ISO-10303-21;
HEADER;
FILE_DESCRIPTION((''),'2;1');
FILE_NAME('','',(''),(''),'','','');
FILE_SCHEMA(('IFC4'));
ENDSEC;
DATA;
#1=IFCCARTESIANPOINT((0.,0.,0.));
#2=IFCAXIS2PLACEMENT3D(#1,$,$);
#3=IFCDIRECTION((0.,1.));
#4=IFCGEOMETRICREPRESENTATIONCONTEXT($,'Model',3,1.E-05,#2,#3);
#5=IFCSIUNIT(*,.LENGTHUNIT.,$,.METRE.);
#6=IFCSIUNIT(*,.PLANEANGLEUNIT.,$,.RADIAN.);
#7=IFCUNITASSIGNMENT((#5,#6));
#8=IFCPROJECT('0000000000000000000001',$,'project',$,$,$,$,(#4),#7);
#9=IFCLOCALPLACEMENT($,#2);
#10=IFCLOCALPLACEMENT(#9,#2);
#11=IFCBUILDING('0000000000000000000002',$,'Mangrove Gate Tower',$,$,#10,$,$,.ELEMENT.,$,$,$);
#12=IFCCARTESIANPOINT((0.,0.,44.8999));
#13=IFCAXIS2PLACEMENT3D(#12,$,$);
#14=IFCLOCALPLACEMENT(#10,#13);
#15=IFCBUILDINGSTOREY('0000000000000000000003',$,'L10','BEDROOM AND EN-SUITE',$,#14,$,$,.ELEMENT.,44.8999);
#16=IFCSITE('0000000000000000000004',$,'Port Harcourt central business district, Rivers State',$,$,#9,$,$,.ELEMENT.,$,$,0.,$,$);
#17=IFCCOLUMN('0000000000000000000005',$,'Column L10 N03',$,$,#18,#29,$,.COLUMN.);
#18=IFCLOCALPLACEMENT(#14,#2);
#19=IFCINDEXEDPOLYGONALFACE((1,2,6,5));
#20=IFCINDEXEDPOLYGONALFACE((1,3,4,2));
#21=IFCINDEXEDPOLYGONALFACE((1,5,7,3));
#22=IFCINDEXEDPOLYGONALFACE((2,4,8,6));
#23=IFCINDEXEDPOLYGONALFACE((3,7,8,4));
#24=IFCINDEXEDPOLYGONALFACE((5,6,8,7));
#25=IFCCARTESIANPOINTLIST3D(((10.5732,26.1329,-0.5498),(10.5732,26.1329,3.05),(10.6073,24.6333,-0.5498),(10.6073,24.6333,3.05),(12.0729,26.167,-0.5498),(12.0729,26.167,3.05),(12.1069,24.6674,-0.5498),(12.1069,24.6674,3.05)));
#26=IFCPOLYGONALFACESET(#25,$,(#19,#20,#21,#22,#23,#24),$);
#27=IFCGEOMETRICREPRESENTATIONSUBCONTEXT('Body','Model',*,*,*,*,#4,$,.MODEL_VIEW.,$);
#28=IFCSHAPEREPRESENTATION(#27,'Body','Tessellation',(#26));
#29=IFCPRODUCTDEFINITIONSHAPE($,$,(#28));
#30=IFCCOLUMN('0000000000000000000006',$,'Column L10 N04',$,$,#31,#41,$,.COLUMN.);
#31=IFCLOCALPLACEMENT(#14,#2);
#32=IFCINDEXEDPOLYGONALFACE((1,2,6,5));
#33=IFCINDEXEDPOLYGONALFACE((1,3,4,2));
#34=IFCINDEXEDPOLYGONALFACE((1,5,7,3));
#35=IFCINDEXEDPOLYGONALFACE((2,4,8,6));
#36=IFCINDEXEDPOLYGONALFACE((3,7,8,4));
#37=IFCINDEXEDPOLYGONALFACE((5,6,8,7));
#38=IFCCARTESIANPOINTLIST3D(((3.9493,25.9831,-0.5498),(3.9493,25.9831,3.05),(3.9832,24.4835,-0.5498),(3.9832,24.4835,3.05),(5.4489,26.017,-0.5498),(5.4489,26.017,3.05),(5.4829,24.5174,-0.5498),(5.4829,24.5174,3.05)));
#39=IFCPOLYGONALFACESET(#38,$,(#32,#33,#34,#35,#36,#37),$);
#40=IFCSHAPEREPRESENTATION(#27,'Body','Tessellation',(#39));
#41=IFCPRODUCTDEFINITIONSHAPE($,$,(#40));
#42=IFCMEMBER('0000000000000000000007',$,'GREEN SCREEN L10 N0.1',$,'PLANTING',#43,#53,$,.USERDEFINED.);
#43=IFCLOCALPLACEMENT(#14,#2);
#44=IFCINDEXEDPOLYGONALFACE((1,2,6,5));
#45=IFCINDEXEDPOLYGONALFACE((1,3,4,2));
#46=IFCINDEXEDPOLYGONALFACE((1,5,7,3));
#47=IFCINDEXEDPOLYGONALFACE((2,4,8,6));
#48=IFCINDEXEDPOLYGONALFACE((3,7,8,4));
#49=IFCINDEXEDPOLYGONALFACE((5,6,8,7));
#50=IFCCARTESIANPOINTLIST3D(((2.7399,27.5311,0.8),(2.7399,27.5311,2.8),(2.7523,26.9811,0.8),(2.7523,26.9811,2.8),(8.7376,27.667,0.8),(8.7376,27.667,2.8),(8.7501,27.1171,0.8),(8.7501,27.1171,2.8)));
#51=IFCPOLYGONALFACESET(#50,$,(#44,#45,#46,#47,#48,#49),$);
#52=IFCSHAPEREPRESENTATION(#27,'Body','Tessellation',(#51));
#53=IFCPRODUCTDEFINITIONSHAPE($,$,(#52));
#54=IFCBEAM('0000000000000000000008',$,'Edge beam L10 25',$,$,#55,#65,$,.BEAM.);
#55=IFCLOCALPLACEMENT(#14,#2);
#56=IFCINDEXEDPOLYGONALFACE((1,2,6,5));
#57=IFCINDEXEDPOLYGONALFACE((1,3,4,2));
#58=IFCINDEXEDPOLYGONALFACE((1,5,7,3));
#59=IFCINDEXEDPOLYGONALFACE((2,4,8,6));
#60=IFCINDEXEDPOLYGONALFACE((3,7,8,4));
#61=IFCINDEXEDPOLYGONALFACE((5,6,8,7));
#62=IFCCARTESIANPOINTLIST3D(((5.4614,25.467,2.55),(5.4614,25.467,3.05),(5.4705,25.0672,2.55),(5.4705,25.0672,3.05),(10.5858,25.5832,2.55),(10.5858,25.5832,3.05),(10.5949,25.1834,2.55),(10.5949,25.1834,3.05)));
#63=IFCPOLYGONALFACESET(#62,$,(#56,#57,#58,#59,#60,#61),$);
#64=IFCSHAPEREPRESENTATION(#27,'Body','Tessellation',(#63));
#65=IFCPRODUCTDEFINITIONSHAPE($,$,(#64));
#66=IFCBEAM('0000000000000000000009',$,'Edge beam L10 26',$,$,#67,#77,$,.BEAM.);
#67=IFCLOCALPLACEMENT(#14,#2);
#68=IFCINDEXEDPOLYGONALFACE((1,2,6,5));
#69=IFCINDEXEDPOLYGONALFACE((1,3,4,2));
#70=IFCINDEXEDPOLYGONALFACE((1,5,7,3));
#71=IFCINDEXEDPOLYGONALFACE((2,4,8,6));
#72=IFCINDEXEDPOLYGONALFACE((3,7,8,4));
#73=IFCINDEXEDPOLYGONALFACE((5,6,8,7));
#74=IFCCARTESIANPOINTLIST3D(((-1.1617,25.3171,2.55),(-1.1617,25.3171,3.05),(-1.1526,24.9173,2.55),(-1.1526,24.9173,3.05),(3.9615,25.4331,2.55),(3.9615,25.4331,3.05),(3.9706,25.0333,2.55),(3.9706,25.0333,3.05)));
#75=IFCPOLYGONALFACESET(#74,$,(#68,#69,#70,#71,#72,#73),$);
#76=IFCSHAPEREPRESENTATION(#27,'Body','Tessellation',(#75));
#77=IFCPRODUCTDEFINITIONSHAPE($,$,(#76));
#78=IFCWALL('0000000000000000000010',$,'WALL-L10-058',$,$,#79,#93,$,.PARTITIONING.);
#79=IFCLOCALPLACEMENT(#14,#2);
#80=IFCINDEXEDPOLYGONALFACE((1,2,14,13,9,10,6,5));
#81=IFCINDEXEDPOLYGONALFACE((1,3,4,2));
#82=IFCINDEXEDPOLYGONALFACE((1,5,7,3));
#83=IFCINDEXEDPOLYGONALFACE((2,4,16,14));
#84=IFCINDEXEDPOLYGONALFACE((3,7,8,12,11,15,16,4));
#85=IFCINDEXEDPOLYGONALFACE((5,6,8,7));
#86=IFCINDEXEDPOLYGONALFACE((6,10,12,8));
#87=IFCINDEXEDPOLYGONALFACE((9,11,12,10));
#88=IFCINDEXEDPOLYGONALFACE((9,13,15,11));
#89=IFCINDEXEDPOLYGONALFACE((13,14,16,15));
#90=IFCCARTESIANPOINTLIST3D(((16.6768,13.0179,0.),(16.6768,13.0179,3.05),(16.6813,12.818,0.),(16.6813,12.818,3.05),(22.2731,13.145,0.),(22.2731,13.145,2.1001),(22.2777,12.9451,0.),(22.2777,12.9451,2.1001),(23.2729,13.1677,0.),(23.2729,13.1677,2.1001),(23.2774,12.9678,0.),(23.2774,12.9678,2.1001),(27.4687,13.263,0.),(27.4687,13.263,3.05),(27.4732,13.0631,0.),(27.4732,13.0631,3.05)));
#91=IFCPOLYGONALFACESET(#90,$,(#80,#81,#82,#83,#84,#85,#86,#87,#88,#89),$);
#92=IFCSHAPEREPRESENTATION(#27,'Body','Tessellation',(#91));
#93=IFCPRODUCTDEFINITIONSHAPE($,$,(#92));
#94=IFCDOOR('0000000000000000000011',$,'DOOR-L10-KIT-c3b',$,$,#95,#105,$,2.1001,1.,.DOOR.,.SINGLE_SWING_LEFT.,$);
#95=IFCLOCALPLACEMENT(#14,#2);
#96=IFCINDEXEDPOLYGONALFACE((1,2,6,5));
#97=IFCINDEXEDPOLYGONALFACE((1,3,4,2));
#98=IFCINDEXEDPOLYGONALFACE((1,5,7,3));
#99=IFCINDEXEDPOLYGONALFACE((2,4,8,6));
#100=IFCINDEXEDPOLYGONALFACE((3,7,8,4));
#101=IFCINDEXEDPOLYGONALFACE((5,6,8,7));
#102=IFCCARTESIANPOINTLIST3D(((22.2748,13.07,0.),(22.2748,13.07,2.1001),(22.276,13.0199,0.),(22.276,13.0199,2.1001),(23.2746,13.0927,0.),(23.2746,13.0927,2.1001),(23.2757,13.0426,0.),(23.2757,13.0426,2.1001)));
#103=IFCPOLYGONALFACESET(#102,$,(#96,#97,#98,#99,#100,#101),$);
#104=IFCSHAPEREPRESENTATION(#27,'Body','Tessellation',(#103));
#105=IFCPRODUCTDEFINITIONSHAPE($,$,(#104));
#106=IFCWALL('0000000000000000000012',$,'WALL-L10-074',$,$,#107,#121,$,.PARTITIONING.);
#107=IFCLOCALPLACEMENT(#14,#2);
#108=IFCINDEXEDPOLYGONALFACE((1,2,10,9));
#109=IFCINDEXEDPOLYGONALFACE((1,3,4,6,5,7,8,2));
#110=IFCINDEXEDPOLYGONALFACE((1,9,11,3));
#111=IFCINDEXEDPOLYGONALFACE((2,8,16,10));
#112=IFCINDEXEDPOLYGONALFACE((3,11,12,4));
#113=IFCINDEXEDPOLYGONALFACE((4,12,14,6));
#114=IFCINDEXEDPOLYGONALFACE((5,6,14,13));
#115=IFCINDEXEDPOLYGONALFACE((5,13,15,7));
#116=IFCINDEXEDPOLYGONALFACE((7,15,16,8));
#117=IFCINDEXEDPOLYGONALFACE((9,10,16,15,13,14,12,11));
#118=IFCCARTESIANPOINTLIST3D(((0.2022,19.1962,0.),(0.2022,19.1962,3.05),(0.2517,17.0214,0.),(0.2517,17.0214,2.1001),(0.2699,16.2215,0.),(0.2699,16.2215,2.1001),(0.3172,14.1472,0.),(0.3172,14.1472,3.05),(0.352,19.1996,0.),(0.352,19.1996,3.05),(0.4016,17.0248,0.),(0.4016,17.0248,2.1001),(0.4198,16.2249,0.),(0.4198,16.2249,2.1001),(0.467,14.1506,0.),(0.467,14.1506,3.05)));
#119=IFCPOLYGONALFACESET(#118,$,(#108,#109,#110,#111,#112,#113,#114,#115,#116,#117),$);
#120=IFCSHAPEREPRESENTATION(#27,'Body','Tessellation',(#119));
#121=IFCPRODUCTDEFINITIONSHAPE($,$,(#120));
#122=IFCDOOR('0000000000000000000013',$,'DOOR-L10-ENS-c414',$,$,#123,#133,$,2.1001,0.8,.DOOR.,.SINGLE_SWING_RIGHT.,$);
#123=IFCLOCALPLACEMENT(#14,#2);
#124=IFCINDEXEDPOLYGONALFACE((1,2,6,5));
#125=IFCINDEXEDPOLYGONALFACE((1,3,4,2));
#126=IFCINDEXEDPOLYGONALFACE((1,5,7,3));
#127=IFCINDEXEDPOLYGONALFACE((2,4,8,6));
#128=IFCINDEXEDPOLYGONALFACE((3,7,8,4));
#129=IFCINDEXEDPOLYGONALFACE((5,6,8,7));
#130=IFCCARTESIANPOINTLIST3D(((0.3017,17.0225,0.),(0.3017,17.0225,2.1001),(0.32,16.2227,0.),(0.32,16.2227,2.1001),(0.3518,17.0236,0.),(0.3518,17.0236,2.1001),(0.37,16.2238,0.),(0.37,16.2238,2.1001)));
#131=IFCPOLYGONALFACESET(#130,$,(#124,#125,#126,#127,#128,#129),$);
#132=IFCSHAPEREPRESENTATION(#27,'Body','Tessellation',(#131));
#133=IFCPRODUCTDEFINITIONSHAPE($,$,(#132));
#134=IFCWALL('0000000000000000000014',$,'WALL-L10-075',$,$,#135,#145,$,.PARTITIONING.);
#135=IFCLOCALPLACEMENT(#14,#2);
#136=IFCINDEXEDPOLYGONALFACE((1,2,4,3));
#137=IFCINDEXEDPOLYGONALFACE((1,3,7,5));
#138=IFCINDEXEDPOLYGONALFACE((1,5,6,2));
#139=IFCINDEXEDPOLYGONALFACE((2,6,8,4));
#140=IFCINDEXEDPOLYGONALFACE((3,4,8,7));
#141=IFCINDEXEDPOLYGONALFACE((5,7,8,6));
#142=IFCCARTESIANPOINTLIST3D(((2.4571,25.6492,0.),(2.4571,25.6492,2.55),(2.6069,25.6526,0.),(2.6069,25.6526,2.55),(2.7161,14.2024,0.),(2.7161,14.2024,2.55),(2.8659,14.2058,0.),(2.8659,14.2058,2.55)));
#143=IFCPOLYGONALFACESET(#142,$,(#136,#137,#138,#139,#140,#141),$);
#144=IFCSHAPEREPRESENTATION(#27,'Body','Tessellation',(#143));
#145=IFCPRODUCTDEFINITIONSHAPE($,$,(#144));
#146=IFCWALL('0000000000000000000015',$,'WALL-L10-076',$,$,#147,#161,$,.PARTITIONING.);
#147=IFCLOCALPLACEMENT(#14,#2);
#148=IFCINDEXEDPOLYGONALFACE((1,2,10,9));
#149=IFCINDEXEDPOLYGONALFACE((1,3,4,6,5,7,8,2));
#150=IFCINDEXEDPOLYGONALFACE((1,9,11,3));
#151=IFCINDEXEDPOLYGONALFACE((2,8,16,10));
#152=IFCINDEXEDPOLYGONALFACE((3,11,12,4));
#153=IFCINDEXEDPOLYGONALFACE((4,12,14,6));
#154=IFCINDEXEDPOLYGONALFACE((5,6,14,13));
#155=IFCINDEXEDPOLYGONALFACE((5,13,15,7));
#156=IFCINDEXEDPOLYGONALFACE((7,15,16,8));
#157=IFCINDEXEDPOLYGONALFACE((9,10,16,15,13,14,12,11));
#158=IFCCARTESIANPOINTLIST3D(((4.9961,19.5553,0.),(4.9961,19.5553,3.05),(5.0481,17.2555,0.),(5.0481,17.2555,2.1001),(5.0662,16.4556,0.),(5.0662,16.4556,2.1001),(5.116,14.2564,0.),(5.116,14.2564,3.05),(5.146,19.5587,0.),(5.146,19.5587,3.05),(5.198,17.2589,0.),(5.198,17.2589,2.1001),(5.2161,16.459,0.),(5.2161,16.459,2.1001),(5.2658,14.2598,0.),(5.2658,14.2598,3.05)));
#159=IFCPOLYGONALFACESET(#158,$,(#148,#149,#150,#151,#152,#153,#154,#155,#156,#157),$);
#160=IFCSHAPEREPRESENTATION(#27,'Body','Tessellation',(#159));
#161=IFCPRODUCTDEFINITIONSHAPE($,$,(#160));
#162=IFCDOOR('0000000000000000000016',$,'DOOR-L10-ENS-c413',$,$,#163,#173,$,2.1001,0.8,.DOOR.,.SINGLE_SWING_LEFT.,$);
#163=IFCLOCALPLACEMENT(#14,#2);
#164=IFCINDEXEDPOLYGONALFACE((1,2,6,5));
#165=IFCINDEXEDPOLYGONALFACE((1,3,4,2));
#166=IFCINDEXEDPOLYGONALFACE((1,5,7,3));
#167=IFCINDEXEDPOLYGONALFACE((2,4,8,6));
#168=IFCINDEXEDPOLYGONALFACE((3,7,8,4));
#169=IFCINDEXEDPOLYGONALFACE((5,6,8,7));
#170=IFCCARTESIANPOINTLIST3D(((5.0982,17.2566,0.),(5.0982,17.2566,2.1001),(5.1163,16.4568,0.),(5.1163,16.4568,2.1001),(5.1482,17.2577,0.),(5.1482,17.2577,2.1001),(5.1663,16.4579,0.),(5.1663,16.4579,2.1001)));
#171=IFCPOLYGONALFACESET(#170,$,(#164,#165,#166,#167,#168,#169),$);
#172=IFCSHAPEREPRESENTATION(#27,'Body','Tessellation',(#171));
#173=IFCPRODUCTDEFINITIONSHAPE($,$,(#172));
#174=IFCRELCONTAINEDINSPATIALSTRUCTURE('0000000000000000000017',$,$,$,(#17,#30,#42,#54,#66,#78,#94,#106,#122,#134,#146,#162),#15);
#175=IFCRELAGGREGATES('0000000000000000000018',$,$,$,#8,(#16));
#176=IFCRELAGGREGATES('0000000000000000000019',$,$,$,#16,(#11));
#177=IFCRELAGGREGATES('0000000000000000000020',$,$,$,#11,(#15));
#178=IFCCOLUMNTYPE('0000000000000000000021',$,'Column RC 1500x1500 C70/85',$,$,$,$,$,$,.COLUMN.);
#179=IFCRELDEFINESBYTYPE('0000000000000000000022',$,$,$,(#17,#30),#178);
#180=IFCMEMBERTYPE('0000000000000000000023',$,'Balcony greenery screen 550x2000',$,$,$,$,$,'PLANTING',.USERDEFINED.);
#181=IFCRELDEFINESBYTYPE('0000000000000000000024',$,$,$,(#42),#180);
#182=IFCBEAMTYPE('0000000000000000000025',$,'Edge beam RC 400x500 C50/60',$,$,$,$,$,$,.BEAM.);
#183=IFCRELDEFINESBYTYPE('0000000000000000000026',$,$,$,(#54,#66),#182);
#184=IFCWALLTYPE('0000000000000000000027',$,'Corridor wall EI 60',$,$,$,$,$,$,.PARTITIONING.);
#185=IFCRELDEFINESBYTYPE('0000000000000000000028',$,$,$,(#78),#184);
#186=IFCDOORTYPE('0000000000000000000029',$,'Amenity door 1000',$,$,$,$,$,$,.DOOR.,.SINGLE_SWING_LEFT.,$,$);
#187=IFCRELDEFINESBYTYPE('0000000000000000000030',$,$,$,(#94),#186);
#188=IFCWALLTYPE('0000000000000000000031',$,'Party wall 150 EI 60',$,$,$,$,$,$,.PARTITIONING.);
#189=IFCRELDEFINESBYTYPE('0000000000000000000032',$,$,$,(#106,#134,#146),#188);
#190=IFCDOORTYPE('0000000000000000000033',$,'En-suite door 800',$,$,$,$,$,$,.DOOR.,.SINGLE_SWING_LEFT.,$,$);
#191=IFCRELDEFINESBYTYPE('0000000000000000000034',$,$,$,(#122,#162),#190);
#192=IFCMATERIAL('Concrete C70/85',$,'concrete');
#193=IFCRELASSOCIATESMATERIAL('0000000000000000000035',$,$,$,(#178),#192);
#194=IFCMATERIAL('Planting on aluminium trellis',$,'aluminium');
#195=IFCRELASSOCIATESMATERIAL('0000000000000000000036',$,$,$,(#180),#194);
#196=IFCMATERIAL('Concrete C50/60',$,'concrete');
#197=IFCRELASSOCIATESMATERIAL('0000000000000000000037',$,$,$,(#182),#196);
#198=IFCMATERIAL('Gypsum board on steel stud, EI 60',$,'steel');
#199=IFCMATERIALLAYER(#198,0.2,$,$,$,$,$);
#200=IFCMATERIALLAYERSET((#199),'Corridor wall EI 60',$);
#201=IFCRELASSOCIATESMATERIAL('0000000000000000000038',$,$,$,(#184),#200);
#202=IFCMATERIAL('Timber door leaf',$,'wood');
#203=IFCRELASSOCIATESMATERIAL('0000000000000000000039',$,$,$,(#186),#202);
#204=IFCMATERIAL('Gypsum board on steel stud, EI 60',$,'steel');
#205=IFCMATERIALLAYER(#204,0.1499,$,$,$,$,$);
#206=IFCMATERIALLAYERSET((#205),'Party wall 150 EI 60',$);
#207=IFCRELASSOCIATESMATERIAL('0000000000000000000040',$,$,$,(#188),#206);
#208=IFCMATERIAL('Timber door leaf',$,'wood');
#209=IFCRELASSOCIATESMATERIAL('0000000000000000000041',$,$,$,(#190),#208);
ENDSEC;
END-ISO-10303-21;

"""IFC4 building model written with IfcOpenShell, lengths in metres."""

from ifc_helpers import new_model, si_unit, direction, frame, frame_2d, origin, origin_2d, place, context, subcontext, project, spatial, rectangle, extrude, material, layer, layer_set, material_profile, profile_set, type_object, element, fill, save


model = new_model("IFC4")

# Units and contexts
model_context = context("Model", 3, precision=1e-05, world=origin(), true_north=direction((0.0, 1.0)))
body_context = subcontext(model_context, "Body", "Model", "MODEL_VIEW")
ifc_project = project(units=[si_unit("LENGTHUNIT", "METRE"), si_unit("PLANEANGLEUNIT", "RADIAN")], contexts=[model_context])

# Site, building, storey
site_placement = place(None, origin())
site = spatial("IfcSite", under=ifc_project, at=site_placement, Name="Port Harcourt central business district, Rivers State", CompositionType="ELEMENT", RefElevation=0.0)
building_placement = place(site_placement, origin())
building = spatial("IfcBuilding", under=site, at=building_placement, Name="Mangrove Gate Tower", CompositionType="ELEMENT")
storey_placement = place(building_placement, frame((0.0, 0.0, 44.8999)))
storey = spatial("IfcBuildingStorey", under=building, at=storey_placement, Name="L10", Description="BEDROOM AND EN-SUITE", CompositionType="ELEMENT", Elevation=44.8999)

# Columns
ifc_material_1 = material(Name="Concrete C70/85", Category="concrete")
ifc_material_profile_1 = material_profile(ifc_material_1, rectangle(XDim=1.5, YDim=1.5, at=origin_2d()))
ifc_profile_set_1 = profile_set([ifc_material_profile_1], Name="Concrete C70/85")
column_type = type_object("IfcColumnType", Name="Column RC 1500x1500 C70/85", PredefinedType="COLUMN", material=ifc_profile_set_1)
for number, where, z_axis, x_axis, name in (
    (1, (11.3401, 25.4001, -0.5498), (0.0, 0.0, 1.0), (-0.999742, -0.022716, 0.0), "Column L10 N03"),
    (2, (4.7161, 25.2502, -0.5498), (0.0, 0.0, 1.0), (-0.999744, -0.022641, 0.0), "Column L10 N04"),
):
    element("IfcColumn", number, at=place(storey_placement, frame(where, z_axis=z_axis, x_axis=x_axis)), inside=storey, type_object=column_type, Name=name, PredefinedType="COLUMN", context=body_context, shape_type="SweptSolid", body=[
        extrude(rectangle(XDim=1.5, YDim=1.5, at=origin_2d()), origin(), (0.0, 0.0, 1.0), 3.5999),
    ])

# Member
ifc_material_2 = material(Name="Planting on aluminium trellis", Category="aluminium")
ifc_material_profile_2 = material_profile(ifc_material_2, rectangle(XDim=0.55, YDim=2.0, at=origin_2d()))
ifc_profile_set_2 = profile_set([ifc_material_profile_2], Name="Planting on aluminium trellis")
member_type = type_object("IfcMemberType", Name="Balcony greenery screen 550x2000", ElementType="PLANTING", PredefinedType="USERDEFINED", material=ifc_profile_set_2)
member_placement = place(storey_placement, frame((2.7461, 27.2561, 1.8), z_axis=(0.999743, 0.022667, 0.0), x_axis=(-0.022667, 0.999743, 0.0)))
element("IfcMember", 3, at=member_placement, inside=storey, type_object=member_type, Name="GREEN SCREEN L10 N0.1", ObjectType="PLANTING", PredefinedType="USERDEFINED", context=body_context, shape_type="SweptSolid", body=[
    extrude(rectangle(XDim=0.55, YDim=2.0, at=origin_2d()), origin(), (0.0, 0.0, 1.0), 5.9993),
])

# Beams
ifc_material_3 = material(Name="Concrete C50/60", Category="concrete")
ifc_material_profile_3 = material_profile(ifc_material_3, rectangle(XDim=0.3999, YDim=0.5, at=origin_2d()))
ifc_profile_set_3 = profile_set([ifc_material_profile_3], Name="Concrete C50/60")
beam_type = type_object("IfcBeamType", Name="Edge beam RC 400x500 C50/60", PredefinedType="BEAM", material=ifc_profile_set_3)
beam_1_placement = place(storey_placement, frame((10.5903, 25.3833, 2.8), z_axis=(-0.999743, -0.022672, 0.0), x_axis=(0.022672, -0.999743, 0.0)))
element("IfcBeam", 4, at=beam_1_placement, inside=storey, type_object=beam_type, Name="Edge beam L10 25", PredefinedType="BEAM", context=body_context, shape_type="SweptSolid", body=[
    extrude(rectangle(XDim=0.3999, YDim=0.5, at=origin_2d()), origin(), (0.0, 0.0, 1.0), 5.1257),
])
beam_2_placement = place(storey_placement, frame((3.9661, 25.2332, 2.8), z_axis=(-0.999744, -0.022629, 0.0), x_axis=(0.022629, -0.999744, 0.0)))
element("IfcBeam", 5, at=beam_2_placement, inside=storey, type_object=beam_type, Name="Edge beam L10 26", PredefinedType="BEAM", context=body_context, shape_type="SweptSolid", body=[
    extrude(rectangle(XDim=0.3999, YDim=0.5, at=origin_2d()), origin(), (0.0, 0.0, 1.0), 5.1245),
])

# Walls, openings, doors
ifc_material_4 = material(Name="Gypsum board on steel stud, EI 60", Category="steel")
ifc_layer_1 = layer(ifc_material_4, 0.2)
ifc_layer_set_1 = layer_set([ifc_layer_1], Name="Corridor wall EI 60")
wall_type_1 = type_object("IfcWallType", Name="Corridor wall EI 60", PredefinedType="PARTITIONING", material=ifc_layer_set_1)
wall_1_placement = place(storey_placement, frame((16.679, 12.918, 0.0), z_axis=(0.0, 0.0, 1.0), x_axis=(0.999742, 0.022707, 0.0)))
wall_1 = element("IfcWall", 6, at=wall_1_placement, inside=storey, type_object=wall_type_1, Name="WALL-L10-058", PredefinedType="PARTITIONING", context=body_context, shape_type="SweptSolid", body=[
    extrude(rectangle(XDim=10.7947, YDim=0.2, at=frame_2d((5.3975, 0.0))), origin(), (0.0, 0.0, 1.0), 3.05),
])
opening_1_placement = place(wall_1_placement, frame((5.5979, 0.0, 0.0)))
opening_1 = element("IfcOpeningElement", 7, at=opening_1_placement, cuts=wall_1, PredefinedType="OPENING", context=body_context, shape_type="SweptSolid", body=[
    extrude(rectangle(XDim=1.0, YDim=2.1001, at=frame_2d((0.5, 1.05))), frame((0.0, 0.1099, 0.0), z_axis=(0.0, -1.0, 0.0), x_axis=(1.0, 0.0, 0.0)), (0.0, 0.0, 1.0), 0.22),
])
ifc_material_5 = material(Name="Timber door leaf", Category="wood")
door_type_1 = type_object("IfcDoorType", Name="Amenity door 1000", OperationType="SINGLE_SWING_LEFT", PredefinedType="DOOR", material=ifc_material_5)
door_1_placement = place(opening_1_placement, origin())
door_1 = element("IfcDoor", 8, at=door_1_placement, inside=storey, type_object=door_type_1, Name="DOOR-L10-KIT-c3b", OperationType="SINGLE_SWING_LEFT", OverallHeight=2.1001, OverallWidth=1.0, PredefinedType="DOOR", context=body_context, shape_type="SweptSolid", body=[
    extrude(rectangle(XDim=1.0, YDim=2.1001, at=frame_2d((0.5, 1.05))), frame((0.0, 0.0249, 0.0), z_axis=(0.0, -1.0, 0.0), x_axis=(1.0, 0.0, 0.0)), (0.0, 0.0, 1.0), 0.05),
])
fill(opening_1, door_1)
ifc_material_6 = material(Name="Gypsum board on steel stud, EI 60", Category="steel")
ifc_layer_2 = layer(ifc_material_6, 0.1499)
ifc_layer_set_2 = layer_set([ifc_layer_2], Name="Party wall 150 EI 60")
wall_type_2 = type_object("IfcWallType", Name="Party wall 150 EI 60", PredefinedType="PARTITIONING", material=ifc_layer_set_2)
wall_2_placement = place(storey_placement, frame((0.3921, 14.1489, 0.0), z_axis=(0.0, 0.0, 1.0), x_axis=(-0.022769, 0.999741, 0.0)))
wall_2 = element("IfcWall", 9, at=wall_2_placement, inside=storey, type_object=wall_type_2, Name="WALL-L10-074", PredefinedType="PARTITIONING", context=body_context, shape_type="SweptSolid", body=[
    extrude(rectangle(XDim=5.0503, YDim=0.1499, at=frame_2d((2.5251, 0.0))), origin(), (0.0, 0.0, 1.0), 3.05),
])
opening_2_placement = place(wall_2_placement, frame((2.075, 0.0, 0.0)))
opening_2 = element("IfcOpeningElement", 10, at=opening_2_placement, cuts=wall_2, PredefinedType="OPENING", context=body_context, shape_type="SweptSolid", body=[
    extrude(rectangle(XDim=0.8, YDim=2.1001, at=frame_2d((0.3999, 1.05))), frame((0.0, 0.085, 0.0), z_axis=(0.0, -1.0, 0.0), x_axis=(1.0, 0.0, 0.0)), (0.0, 0.0, 1.0), 0.1699),
])
ifc_material_7 = material(Name="Timber door leaf", Category="wood")
door_type_2 = type_object("IfcDoorType", Name="En-suite door 800", OperationType="SINGLE_SWING_LEFT", PredefinedType="DOOR", material=ifc_material_7)
door_2_placement = place(opening_2_placement, origin())
door_2 = element("IfcDoor", 11, at=door_2_placement, inside=storey, type_object=door_type_2, Name="DOOR-L10-ENS-c414", OperationType="SINGLE_SWING_RIGHT", OverallHeight=2.1001, OverallWidth=0.8, PredefinedType="DOOR", context=body_context, shape_type="SweptSolid", body=[
    extrude(rectangle(XDim=0.8, YDim=2.1001, at=frame_2d((0.3999, 1.05))), frame((0.0, 0.0249, 0.0), z_axis=(0.0, -1.0, 0.0), x_axis=(1.0, 0.0, 0.0)), (0.0, 0.0, 1.0), 0.05),
])
fill(opening_2, door_2)

# Wall
wall_3_placement = place(storey_placement, frame((2.791, 14.2041, 0.0), z_axis=(0.0, 0.0, 1.0), x_axis=(-0.022624, 0.999744, 0.0)))
element("IfcWall", 12, at=wall_3_placement, inside=storey, type_object=wall_type_2, Name="WALL-L10-075", PredefinedType="PARTITIONING", context=body_context, shape_type="SweptSolid", body=[
    extrude(rectangle(XDim=11.4497, YDim=0.1499, at=frame_2d((5.7249, 0.0))), origin(), (0.0, 0.0, 1.0), 2.55),
])

# Wall, opening, door
wall_4_placement = place(storey_placement, frame((5.1909, 14.2581, 0.0), z_axis=(0.0, 0.0, 1.0), x_axis=(-0.022617, 0.999744, 0.0)))
wall_4 = element("IfcWall", 13, at=wall_4_placement, inside=storey, type_object=wall_type_2, Name="WALL-L10-076", PredefinedType="PARTITIONING", context=body_context, shape_type="SweptSolid", body=[
    extrude(rectangle(XDim=5.3003, YDim=0.1499, at=frame_2d((2.6501, 0.0))), origin(), (0.0, 0.0, 1.0), 3.05),
])
opening_3_placement = place(wall_4_placement, frame((2.2, 0.0, 0.0)))
opening_3 = element("IfcOpeningElement", 14, at=opening_3_placement, cuts=wall_4, PredefinedType="OPENING", context=body_context, shape_type="SweptSolid", body=[
    extrude(rectangle(XDim=0.8, YDim=2.1001, at=frame_2d((0.3999, 1.05))), frame((0.0, 0.085, 0.0), z_axis=(0.0, -1.0, 0.0), x_axis=(1.0, 0.0, 0.0)), (0.0, 0.0, 1.0), 0.1699),
])
door_3_placement = place(opening_3_placement, origin())
door_3 = element("IfcDoor", 15, at=door_3_placement, inside=storey, type_object=door_type_2, Name="DOOR-L10-ENS-c413", OperationType="SINGLE_SWING_LEFT", OverallHeight=2.1001, OverallWidth=0.8, PredefinedType="DOOR", context=body_context, shape_type="SweptSolid", body=[
    extrude(rectangle(XDim=0.8, YDim=2.1001, at=frame_2d((0.3999, 1.05))), frame((0.0, 0.0249, 0.0), z_axis=(0.0, -1.0, 0.0), x_axis=(1.0, 0.0, 0.0)), (0.0, 0.0, 1.0), 0.05),
])
fill(opening_3, door_3)

save(model, "model.ifc")
